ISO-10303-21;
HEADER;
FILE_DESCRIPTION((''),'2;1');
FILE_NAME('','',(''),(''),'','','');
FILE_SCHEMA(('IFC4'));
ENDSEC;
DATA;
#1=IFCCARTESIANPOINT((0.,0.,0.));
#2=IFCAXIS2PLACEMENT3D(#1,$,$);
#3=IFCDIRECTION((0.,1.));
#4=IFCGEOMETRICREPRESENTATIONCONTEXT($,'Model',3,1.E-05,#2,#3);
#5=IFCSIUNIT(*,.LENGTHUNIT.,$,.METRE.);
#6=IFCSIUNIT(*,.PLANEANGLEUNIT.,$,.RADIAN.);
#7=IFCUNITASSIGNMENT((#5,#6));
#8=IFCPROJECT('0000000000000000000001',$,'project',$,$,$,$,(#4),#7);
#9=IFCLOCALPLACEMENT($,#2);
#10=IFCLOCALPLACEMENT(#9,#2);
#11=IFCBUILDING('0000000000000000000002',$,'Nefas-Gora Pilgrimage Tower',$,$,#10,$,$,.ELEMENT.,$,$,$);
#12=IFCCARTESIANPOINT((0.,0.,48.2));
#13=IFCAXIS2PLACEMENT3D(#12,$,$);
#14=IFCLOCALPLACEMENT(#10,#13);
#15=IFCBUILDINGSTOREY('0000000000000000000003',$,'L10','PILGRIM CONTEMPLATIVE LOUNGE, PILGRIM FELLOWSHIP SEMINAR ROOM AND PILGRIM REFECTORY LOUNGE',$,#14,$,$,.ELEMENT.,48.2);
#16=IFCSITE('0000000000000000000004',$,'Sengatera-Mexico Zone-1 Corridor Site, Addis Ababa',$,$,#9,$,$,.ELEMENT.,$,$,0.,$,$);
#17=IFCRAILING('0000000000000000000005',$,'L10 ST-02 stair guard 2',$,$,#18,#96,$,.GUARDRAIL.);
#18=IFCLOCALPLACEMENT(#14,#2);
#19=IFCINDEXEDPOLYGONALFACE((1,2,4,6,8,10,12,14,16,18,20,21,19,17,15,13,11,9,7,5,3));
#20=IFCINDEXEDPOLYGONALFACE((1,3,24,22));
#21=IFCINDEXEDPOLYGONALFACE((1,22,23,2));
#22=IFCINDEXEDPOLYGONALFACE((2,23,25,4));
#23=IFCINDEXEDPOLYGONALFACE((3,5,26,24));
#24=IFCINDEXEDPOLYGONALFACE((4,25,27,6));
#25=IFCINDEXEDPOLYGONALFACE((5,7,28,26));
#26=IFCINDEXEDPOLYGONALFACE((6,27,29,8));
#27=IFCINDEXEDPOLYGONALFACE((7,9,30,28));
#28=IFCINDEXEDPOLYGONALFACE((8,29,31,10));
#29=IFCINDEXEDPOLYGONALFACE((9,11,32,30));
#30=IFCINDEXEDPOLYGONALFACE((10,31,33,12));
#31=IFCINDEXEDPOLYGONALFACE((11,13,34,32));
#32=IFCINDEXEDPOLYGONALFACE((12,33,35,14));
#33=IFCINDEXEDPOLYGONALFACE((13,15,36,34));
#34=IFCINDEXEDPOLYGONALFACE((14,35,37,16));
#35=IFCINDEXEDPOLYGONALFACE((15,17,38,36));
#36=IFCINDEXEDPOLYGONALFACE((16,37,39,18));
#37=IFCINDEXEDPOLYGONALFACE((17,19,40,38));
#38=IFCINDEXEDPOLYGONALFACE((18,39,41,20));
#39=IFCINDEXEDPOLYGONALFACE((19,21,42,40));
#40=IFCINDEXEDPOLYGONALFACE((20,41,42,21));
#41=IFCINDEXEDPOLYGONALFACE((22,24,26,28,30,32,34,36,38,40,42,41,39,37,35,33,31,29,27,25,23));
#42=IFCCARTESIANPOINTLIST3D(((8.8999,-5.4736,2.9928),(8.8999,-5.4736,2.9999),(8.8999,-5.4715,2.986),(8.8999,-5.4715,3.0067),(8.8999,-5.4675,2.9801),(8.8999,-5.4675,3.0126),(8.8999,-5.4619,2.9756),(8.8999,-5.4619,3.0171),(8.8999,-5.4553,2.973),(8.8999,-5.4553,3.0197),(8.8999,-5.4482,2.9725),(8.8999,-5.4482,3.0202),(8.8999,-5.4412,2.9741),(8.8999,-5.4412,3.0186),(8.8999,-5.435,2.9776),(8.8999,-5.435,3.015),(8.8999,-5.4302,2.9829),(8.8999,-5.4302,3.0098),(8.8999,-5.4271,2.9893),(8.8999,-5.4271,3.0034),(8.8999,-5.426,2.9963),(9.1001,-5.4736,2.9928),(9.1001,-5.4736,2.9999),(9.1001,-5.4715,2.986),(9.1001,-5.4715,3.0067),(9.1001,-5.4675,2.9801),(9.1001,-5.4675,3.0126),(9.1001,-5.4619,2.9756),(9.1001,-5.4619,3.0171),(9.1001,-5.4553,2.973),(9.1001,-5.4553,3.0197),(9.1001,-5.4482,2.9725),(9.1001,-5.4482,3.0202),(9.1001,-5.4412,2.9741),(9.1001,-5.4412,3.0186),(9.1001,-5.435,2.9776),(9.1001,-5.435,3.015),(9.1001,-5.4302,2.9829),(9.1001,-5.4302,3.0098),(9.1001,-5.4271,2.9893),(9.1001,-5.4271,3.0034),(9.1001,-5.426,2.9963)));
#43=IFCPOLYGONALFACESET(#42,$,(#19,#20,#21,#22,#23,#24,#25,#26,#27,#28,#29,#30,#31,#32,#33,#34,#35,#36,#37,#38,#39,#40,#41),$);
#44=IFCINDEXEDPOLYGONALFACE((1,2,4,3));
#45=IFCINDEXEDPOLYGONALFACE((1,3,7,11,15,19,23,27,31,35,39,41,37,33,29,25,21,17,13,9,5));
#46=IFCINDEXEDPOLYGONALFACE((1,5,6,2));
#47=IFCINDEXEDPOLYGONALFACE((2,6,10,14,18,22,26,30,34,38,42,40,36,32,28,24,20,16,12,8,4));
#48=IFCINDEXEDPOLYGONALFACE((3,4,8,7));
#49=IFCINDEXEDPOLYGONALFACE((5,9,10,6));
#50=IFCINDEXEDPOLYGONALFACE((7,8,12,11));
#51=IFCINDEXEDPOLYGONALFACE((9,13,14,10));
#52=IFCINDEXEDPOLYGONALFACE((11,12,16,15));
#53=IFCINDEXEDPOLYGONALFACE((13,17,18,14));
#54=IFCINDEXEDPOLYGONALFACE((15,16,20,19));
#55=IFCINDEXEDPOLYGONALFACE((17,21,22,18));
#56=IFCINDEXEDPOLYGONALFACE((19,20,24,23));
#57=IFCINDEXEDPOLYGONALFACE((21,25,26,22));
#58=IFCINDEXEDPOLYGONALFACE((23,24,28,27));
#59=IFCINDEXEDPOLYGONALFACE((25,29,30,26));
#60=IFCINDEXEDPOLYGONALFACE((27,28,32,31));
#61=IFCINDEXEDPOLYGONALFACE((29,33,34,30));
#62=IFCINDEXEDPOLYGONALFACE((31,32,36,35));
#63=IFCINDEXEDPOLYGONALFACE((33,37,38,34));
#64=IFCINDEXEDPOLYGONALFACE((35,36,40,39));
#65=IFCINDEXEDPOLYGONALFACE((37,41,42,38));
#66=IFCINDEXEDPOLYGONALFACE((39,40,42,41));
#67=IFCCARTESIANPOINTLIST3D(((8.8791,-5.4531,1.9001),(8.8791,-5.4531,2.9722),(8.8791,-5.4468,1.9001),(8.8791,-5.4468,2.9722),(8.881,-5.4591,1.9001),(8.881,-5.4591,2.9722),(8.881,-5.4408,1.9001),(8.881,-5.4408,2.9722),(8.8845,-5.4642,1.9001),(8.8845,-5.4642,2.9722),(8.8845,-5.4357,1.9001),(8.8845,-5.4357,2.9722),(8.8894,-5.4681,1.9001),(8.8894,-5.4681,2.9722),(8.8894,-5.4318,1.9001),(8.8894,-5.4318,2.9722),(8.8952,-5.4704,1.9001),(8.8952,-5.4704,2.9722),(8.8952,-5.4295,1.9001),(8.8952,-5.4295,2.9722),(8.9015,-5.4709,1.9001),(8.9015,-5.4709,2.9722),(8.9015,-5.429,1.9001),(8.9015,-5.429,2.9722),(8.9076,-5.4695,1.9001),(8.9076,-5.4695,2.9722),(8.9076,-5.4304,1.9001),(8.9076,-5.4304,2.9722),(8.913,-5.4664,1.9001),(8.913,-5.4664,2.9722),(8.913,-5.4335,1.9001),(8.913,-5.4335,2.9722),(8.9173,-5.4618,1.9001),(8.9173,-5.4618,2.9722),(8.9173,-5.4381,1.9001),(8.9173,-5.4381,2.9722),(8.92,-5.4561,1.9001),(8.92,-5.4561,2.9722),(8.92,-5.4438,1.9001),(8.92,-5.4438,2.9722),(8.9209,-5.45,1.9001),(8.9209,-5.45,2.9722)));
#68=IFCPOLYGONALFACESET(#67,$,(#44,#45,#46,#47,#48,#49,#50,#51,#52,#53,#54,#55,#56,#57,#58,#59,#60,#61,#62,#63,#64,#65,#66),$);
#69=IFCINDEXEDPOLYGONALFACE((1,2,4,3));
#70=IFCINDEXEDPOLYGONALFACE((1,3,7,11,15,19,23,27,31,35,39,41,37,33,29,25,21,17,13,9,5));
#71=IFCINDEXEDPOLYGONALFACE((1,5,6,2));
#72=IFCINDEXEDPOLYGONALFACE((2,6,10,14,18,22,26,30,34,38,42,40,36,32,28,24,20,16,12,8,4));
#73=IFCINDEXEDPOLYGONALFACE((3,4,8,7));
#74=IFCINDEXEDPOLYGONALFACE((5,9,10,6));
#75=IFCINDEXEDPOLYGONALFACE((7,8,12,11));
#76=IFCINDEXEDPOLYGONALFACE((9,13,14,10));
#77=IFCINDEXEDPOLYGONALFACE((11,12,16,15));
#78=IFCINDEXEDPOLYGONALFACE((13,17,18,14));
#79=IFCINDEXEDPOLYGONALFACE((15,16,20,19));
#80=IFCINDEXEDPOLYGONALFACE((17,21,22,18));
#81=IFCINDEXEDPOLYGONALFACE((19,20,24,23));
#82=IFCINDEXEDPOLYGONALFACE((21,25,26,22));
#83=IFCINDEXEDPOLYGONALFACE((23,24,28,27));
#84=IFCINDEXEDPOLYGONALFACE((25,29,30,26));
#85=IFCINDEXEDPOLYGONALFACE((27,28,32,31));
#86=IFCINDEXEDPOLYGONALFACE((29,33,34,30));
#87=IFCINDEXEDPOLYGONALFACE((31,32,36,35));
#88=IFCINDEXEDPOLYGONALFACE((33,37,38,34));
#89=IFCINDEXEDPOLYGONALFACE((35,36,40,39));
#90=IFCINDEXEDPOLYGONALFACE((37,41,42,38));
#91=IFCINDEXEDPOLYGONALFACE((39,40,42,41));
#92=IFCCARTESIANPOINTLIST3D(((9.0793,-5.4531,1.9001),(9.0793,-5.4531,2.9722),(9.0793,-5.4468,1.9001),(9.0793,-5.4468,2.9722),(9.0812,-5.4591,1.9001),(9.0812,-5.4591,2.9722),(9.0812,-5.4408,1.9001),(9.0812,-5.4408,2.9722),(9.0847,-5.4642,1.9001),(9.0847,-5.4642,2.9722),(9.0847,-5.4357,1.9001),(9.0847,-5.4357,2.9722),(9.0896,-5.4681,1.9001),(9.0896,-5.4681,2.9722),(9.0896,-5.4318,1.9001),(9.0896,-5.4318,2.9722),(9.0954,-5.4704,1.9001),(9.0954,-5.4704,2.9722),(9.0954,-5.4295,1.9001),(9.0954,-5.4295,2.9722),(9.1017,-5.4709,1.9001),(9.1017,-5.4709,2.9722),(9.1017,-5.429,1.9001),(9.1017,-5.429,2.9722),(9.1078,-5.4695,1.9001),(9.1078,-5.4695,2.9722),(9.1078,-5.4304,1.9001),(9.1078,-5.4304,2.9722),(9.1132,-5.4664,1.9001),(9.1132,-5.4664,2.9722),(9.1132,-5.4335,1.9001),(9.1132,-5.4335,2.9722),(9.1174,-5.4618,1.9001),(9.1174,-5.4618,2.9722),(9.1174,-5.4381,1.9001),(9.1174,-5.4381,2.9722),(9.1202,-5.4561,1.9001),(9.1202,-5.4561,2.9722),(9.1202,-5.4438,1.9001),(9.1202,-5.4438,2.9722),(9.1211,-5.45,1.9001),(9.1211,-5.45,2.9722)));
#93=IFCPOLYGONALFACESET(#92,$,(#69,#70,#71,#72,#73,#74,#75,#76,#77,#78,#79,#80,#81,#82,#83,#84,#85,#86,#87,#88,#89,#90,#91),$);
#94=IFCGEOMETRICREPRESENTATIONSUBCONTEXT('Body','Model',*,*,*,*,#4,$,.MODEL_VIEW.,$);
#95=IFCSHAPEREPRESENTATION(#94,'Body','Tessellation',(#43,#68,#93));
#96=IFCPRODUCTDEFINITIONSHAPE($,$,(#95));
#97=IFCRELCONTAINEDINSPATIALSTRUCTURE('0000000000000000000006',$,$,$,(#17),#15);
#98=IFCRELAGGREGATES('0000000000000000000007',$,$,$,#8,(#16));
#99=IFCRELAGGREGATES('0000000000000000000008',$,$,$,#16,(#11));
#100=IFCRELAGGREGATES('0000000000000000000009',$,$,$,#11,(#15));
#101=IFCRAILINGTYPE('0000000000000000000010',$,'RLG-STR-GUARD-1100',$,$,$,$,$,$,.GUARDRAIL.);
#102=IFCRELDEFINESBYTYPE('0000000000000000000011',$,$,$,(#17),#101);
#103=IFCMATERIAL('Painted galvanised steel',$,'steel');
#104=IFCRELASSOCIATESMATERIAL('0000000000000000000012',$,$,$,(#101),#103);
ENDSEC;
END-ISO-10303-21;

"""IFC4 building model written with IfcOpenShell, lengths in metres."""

from ifc_helpers import new_model, si_unit, direction, frame, origin, origin_2d, place, context, subcontext, project, spatial, circle, extrude, material, type_object, element, save


model = new_model("IFC4")

# Units and contexts
model_context = context("Model", 3, precision=1e-05, world=origin(), true_north=direction((0.0, 1.0)))
body_context = subcontext(model_context, "Body", "Model", "MODEL_VIEW")
ifc_project = project(units=[si_unit("LENGTHUNIT", "METRE"), si_unit("PLANEANGLEUNIT", "RADIAN")], contexts=[model_context])

# Site, building, storey
site_placement = place(None, origin())
site = spatial("IfcSite", under=ifc_project, at=site_placement, Name="Sengatera-Mexico Zone-1 Corridor Site, Addis Ababa", CompositionType="ELEMENT", RefElevation=0.0)
building_placement = place(site_placement, origin())
building = spatial("IfcBuilding", under=site, at=building_placement, Name="Nefas-Gora Pilgrimage Tower", CompositionType="ELEMENT")
storey_placement = place(building_placement, frame((0.0, 0.0, 48.2)))
storey = spatial("IfcBuildingStorey", under=building, at=storey_placement, Name="L10", Description="PILGRIM CONTEMPLATIVE LOUNGE, PILGRIM FELLOWSHIP SEMINAR ROOM AND PILGRIM REFECTORY LOUNGE", CompositionType="ELEMENT", Elevation=48.2)

# Railing
ifc_material_1 = material(Name="Painted galvanised steel", Category="steel")
railing_type_1 = type_object("IfcRailingType", Name="RLG-STR-GUARD-1100", PredefinedType="GUARDRAIL", material=ifc_material_1)
railing_1_placement = place(storey_placement, frame((8.8999, -5.45, 1.9001)))
element("IfcRailing", 1, at=railing_1_placement, inside=storey, type_object=railing_type_1, Name="L10 ST-02 stair guard 2", PredefinedType="GUARDRAIL", context=body_context, shape_type="SweptSolid", body=[
    extrude(circle(Radius=0.0239, at=origin_2d()), frame((0.0, 0.0, 1.0962), z_axis=(1.0, 0.0, 0.0), x_axis=(0.0, 1.0, 0.0)), (0.0, 0.0, 1.0), 0.2002),
    extrude(circle(Radius=0.021, at=origin_2d()), origin(), (0.0, 0.0, 1.0), 1.072),
    extrude(circle(Radius=0.021, at=origin_2d()), frame((0.2002, 0.0, 0.0)), (0.0, 0.0, 1.0), 1.072),
])

save(model, "model.ifc")
